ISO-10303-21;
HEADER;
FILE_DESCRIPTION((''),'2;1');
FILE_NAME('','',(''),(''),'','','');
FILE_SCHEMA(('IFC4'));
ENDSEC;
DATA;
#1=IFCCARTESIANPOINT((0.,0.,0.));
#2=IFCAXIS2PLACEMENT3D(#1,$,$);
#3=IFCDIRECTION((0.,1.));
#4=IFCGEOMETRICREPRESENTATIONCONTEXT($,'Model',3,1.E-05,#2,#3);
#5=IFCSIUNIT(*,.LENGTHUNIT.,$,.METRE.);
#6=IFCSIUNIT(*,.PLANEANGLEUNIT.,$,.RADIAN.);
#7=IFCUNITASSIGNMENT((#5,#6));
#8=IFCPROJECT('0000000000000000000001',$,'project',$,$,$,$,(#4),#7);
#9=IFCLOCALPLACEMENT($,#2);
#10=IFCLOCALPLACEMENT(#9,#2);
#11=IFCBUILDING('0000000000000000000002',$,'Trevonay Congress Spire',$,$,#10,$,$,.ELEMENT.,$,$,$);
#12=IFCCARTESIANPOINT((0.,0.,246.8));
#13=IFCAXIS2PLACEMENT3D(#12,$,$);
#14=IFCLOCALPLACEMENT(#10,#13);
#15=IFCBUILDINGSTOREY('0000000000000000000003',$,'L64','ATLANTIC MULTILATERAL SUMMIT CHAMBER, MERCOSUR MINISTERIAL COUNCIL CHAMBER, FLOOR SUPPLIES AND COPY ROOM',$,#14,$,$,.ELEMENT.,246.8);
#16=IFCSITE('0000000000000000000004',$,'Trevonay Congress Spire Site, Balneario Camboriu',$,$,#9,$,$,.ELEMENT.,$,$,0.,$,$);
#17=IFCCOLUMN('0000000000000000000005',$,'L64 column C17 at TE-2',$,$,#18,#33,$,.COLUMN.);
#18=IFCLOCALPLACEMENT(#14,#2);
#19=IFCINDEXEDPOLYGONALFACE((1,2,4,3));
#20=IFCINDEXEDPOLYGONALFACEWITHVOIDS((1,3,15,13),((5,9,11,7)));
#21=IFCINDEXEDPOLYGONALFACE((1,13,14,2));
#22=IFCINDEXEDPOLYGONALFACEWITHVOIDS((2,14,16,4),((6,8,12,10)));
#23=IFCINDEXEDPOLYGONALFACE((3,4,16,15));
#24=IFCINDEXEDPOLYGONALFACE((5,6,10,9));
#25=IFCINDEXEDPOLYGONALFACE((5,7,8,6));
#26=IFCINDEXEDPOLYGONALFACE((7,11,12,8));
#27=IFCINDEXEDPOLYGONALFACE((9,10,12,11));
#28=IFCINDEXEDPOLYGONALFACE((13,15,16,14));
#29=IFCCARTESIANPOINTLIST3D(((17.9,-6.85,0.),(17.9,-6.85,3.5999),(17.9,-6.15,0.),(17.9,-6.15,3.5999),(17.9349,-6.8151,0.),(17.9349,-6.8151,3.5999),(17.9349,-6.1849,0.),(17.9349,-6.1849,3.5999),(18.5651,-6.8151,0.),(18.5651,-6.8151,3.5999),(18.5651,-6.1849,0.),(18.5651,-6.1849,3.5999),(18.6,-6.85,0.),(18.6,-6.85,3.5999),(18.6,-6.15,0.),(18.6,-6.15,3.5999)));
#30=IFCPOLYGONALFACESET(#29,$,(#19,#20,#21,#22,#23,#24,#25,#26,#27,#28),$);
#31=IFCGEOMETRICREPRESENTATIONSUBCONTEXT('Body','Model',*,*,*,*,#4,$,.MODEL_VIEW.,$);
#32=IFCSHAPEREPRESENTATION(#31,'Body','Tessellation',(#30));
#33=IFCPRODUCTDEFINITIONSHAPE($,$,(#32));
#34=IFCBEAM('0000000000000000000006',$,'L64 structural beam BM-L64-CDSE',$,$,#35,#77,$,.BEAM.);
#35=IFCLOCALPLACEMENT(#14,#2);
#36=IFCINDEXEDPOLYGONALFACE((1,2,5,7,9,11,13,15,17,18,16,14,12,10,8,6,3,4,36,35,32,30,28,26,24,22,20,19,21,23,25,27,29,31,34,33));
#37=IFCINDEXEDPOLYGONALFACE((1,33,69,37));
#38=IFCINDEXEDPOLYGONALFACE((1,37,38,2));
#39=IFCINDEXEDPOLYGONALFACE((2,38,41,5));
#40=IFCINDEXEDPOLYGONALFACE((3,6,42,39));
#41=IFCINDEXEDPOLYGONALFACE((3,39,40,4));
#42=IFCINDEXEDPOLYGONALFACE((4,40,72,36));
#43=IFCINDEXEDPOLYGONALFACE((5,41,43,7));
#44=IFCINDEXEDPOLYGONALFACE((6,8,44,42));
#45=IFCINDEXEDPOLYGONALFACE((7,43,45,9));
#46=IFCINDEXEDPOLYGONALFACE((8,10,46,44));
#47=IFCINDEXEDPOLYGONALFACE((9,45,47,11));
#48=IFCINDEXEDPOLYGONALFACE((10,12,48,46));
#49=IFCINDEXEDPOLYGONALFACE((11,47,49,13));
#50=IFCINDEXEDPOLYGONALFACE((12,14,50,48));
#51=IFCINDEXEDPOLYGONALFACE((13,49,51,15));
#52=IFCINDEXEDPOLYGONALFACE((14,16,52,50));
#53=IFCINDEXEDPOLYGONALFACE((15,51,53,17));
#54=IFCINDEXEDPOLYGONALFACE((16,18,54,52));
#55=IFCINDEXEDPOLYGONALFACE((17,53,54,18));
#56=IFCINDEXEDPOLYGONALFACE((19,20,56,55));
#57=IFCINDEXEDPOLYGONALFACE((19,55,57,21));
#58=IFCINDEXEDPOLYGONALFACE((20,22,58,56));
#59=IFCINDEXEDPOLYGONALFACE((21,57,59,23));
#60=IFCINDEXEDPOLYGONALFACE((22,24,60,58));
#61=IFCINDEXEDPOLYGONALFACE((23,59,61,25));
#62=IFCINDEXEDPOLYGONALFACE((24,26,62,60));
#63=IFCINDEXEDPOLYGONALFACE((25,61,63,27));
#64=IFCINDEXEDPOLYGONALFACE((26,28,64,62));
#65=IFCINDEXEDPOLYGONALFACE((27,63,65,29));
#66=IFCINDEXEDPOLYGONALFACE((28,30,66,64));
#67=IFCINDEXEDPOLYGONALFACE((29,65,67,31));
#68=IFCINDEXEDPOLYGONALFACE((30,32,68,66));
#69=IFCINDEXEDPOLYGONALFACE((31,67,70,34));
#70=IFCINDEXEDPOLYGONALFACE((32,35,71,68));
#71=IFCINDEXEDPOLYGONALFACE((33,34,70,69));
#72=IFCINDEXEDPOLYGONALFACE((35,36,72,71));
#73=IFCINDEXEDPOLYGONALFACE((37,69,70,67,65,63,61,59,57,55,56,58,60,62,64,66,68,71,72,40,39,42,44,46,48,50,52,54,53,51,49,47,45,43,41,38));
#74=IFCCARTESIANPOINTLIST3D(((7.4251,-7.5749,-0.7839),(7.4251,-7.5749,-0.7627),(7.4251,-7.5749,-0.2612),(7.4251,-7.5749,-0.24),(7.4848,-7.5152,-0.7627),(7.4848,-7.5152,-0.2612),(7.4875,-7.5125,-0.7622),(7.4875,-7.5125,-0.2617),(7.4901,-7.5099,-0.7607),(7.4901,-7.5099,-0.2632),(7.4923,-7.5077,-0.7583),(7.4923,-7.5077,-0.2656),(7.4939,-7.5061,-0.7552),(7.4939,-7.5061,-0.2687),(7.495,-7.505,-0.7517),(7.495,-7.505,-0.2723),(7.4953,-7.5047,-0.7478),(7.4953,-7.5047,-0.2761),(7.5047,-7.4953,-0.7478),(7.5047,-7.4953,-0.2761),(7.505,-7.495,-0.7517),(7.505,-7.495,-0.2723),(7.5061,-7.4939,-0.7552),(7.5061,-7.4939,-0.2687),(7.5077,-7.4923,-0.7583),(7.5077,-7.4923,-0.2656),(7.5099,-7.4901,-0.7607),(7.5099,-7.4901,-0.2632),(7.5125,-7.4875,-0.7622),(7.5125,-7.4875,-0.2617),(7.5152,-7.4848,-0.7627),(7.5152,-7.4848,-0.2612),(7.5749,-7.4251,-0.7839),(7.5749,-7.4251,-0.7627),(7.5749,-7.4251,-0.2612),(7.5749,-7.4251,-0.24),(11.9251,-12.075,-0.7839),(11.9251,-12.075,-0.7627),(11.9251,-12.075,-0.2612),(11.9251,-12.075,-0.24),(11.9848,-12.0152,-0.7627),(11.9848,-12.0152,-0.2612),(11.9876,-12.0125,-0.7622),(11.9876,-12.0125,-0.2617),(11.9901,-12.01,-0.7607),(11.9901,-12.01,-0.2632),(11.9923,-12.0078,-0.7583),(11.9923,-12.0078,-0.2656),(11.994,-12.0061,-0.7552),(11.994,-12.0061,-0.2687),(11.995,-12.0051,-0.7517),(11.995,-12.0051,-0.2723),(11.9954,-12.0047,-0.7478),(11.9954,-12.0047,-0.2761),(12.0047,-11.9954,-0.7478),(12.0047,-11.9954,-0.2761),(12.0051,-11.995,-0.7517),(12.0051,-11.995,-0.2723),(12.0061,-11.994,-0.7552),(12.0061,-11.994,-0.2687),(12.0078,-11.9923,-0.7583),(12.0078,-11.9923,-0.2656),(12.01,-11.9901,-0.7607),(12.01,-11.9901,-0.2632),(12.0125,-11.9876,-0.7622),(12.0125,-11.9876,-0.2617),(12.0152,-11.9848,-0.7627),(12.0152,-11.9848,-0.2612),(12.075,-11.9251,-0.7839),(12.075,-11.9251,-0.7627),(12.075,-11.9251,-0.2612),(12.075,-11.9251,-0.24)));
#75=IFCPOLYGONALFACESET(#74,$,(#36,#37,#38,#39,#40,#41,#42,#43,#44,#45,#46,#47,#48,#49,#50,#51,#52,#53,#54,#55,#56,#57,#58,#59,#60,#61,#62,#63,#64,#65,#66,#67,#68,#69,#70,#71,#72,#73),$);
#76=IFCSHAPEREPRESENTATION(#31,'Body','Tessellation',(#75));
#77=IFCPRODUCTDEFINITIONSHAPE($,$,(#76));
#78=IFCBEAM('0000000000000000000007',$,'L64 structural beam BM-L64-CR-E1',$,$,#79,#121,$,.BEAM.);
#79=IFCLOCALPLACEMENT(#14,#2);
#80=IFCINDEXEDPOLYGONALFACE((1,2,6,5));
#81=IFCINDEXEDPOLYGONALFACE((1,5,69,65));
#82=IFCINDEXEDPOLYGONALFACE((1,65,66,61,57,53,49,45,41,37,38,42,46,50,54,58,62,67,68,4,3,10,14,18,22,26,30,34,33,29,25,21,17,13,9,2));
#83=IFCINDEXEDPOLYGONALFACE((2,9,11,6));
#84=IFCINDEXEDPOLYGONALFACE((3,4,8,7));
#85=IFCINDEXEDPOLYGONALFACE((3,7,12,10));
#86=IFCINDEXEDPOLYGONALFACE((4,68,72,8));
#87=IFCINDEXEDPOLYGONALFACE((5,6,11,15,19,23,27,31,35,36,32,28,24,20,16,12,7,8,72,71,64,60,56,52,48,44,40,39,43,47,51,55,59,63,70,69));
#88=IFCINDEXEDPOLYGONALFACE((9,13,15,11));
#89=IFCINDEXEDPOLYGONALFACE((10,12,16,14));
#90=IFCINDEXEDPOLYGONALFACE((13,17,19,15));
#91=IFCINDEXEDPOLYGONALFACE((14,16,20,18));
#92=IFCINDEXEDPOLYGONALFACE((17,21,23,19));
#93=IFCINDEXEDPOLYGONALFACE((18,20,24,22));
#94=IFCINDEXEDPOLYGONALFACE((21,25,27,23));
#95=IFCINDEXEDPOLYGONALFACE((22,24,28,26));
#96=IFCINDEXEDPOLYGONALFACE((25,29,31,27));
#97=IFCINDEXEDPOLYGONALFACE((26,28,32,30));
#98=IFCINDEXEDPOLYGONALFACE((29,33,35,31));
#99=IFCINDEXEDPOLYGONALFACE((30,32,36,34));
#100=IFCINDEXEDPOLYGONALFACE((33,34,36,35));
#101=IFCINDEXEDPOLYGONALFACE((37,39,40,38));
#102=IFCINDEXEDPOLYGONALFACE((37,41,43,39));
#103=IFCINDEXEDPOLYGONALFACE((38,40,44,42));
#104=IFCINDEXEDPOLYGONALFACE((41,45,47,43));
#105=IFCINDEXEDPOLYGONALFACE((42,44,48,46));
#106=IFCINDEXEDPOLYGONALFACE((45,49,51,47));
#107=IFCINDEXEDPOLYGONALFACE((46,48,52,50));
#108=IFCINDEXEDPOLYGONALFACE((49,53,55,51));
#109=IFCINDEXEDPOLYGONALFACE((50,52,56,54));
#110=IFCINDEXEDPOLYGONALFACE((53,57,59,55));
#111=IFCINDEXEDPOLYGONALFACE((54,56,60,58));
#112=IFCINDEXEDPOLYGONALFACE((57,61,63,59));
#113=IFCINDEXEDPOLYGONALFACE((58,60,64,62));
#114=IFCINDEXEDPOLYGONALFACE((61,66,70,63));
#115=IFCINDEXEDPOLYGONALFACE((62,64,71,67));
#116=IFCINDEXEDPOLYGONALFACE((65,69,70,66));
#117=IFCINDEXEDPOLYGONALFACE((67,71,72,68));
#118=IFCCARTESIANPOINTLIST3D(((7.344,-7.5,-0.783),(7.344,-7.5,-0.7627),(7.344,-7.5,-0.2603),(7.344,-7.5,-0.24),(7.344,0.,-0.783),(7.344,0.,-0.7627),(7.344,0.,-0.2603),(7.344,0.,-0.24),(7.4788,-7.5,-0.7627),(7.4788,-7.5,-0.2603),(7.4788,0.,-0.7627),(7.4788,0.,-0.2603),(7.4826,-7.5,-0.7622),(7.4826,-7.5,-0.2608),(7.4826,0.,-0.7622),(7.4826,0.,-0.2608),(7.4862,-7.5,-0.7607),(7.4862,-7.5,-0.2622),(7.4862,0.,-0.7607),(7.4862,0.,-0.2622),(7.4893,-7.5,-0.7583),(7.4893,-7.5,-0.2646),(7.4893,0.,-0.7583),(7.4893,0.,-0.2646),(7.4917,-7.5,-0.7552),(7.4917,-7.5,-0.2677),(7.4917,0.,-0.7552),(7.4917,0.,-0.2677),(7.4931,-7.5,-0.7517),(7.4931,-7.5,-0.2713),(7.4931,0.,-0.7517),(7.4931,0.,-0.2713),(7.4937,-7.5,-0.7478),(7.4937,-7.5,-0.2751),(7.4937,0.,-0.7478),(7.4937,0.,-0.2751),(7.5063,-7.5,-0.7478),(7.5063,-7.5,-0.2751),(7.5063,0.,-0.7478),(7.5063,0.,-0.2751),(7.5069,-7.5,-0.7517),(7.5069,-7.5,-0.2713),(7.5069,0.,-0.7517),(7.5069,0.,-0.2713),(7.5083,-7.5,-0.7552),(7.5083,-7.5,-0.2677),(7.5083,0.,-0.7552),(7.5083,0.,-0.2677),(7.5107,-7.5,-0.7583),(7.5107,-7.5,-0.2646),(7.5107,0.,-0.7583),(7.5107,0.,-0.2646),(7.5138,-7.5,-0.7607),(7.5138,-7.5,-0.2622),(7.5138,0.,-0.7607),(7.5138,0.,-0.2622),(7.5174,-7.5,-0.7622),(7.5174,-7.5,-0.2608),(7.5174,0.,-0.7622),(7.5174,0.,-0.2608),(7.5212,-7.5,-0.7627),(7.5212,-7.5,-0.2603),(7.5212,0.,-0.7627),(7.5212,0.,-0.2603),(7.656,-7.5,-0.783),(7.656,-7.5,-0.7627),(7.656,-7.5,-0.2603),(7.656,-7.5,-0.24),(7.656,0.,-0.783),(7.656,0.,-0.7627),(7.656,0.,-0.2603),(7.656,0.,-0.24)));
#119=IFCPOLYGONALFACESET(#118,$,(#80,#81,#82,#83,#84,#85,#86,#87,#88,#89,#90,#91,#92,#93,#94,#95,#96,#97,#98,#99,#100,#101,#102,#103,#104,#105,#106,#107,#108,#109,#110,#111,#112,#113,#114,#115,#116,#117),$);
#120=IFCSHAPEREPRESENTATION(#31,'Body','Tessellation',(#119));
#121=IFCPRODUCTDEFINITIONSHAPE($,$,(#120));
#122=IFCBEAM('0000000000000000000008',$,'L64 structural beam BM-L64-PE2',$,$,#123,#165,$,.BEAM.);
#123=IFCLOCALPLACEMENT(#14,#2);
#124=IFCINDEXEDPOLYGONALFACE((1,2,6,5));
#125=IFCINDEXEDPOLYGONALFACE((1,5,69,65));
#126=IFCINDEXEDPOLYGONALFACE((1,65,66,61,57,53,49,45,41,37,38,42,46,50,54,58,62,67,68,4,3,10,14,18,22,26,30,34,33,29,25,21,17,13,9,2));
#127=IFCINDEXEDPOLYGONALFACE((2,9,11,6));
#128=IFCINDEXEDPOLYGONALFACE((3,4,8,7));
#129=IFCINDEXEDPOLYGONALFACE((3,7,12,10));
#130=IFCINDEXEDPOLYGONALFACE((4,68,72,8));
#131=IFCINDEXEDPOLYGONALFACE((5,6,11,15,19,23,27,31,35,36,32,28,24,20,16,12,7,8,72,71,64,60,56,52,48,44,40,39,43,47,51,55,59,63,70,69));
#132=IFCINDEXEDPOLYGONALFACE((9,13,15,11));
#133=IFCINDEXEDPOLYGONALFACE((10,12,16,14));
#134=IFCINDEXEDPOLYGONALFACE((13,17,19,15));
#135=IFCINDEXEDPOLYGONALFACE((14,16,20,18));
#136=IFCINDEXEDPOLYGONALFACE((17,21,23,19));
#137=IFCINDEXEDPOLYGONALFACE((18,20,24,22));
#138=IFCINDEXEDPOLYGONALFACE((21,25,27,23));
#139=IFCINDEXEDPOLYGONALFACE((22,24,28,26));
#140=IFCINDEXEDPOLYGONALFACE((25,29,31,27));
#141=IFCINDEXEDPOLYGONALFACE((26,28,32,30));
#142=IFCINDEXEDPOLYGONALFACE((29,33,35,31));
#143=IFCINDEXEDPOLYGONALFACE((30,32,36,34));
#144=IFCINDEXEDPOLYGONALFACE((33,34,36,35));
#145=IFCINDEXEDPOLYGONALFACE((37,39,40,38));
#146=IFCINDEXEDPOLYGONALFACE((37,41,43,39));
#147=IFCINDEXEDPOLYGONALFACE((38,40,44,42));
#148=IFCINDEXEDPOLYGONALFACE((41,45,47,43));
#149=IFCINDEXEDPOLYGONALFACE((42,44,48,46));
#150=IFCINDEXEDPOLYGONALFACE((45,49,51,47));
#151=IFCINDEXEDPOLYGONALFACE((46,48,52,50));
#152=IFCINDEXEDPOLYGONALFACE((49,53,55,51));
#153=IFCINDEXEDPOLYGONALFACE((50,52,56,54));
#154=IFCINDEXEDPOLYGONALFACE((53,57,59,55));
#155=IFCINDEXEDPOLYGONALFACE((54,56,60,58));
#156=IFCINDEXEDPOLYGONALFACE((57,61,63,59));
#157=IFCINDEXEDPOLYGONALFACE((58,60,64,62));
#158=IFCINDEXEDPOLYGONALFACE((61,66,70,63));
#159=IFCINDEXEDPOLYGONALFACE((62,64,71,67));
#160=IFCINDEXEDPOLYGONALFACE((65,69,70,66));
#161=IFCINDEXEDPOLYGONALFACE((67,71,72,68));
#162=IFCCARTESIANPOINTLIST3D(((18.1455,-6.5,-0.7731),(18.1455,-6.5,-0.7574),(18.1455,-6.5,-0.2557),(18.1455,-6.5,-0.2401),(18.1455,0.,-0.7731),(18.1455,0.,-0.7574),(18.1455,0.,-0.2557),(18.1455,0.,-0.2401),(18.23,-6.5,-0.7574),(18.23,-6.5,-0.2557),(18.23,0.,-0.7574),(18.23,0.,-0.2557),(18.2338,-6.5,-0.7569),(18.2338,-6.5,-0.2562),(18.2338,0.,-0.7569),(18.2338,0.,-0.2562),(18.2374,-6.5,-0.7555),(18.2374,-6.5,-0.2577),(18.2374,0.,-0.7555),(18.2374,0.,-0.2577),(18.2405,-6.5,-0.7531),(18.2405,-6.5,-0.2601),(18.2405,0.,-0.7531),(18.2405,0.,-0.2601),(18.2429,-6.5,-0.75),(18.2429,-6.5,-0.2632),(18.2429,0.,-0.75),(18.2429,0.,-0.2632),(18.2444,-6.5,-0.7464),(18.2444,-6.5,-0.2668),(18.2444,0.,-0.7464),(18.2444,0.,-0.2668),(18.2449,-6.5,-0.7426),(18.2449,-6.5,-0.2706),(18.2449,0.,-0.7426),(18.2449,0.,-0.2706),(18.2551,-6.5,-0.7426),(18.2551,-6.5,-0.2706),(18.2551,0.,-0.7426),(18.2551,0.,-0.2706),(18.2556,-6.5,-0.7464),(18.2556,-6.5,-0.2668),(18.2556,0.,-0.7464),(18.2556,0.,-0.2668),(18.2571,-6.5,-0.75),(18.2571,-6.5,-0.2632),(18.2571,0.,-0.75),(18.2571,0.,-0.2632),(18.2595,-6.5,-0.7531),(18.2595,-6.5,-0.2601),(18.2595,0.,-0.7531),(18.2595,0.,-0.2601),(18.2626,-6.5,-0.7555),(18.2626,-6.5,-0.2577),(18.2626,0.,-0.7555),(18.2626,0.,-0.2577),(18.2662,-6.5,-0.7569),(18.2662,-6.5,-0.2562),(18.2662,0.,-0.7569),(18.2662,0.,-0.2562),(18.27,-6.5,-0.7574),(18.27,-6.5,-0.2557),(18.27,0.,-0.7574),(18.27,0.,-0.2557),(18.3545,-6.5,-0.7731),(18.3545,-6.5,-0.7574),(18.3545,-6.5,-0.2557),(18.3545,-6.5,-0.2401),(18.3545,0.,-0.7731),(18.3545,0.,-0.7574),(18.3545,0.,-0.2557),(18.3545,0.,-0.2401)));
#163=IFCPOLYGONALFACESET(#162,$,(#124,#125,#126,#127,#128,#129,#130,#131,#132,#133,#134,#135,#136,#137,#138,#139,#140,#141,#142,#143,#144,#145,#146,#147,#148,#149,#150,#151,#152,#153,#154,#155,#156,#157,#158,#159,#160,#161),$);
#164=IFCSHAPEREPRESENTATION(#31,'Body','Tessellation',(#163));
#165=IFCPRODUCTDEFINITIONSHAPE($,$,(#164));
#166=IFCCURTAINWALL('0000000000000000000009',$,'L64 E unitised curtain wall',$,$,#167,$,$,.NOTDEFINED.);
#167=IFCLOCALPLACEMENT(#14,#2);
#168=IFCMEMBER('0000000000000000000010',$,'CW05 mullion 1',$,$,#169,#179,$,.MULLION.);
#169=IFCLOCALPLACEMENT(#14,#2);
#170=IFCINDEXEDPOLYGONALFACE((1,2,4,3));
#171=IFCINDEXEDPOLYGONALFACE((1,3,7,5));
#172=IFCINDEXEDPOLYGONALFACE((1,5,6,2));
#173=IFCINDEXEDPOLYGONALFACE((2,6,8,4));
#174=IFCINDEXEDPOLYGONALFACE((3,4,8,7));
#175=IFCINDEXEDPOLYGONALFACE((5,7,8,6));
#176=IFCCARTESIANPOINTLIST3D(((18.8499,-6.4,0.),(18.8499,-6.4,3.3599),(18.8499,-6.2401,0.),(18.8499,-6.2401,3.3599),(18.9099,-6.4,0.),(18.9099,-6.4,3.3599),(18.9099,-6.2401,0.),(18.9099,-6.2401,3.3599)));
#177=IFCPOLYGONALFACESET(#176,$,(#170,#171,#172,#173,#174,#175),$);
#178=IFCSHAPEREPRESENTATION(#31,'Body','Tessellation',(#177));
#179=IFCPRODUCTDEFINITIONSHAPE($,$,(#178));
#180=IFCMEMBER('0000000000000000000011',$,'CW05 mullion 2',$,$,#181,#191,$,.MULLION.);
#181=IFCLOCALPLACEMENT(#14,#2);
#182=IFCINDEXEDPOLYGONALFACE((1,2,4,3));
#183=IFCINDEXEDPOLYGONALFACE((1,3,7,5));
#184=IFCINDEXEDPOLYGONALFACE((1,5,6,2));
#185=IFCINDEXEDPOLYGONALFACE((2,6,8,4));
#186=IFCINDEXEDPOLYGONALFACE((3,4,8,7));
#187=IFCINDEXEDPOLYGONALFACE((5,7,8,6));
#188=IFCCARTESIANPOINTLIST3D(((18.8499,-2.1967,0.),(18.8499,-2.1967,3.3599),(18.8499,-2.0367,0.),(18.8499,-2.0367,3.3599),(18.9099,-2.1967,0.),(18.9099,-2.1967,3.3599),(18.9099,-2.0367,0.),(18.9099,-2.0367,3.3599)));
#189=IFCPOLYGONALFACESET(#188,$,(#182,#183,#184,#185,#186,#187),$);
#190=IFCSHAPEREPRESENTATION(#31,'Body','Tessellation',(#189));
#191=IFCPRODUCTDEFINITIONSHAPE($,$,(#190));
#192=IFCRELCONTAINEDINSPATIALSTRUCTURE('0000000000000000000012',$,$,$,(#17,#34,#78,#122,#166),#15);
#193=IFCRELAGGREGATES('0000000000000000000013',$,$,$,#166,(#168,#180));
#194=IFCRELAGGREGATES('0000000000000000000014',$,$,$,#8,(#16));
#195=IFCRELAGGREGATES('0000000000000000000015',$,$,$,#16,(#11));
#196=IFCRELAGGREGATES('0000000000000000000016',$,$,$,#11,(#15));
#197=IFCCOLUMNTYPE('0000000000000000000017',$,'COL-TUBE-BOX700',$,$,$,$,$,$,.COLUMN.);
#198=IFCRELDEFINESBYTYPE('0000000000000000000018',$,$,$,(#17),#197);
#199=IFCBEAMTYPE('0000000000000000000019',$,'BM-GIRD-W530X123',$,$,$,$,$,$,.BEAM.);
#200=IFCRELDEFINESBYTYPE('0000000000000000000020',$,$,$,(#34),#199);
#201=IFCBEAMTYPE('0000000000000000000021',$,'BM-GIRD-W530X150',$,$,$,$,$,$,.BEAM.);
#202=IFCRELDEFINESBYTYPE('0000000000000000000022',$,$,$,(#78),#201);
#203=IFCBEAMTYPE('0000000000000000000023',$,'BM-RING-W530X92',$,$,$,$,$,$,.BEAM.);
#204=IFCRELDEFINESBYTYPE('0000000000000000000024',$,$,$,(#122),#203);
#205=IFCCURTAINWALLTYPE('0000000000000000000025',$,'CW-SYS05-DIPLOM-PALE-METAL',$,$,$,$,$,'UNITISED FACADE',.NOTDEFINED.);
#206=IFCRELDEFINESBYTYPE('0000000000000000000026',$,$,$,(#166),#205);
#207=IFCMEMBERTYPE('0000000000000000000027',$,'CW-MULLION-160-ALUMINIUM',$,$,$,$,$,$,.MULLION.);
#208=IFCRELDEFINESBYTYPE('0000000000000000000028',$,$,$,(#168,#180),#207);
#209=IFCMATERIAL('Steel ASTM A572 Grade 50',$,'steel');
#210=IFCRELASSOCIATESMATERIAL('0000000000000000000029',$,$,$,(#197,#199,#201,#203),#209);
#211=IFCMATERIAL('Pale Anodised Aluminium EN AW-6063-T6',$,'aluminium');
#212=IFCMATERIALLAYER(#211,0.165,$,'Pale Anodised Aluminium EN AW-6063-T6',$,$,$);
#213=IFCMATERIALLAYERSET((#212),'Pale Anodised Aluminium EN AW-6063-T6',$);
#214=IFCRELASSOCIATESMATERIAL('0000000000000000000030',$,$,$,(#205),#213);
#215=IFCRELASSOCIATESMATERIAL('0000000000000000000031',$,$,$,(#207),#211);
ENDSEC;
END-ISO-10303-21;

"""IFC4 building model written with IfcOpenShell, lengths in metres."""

from ifc_helpers import new_model, si_unit, direction, frame, origin, origin_2d, place, context, subcontext, project, spatial, rectangle, hollow_rectangle, i_section, extrude, material, layer, layer_set, material_profile, profile_set, type_object, element, aggregate, save


model = new_model("IFC4")

# Units and contexts
model_context = context("Model", 3, precision=1e-05, world=origin(), true_north=direction((0.0, 1.0)))
body_context = subcontext(model_context, "Body", "Model", "MODEL_VIEW")
ifc_project = project(units=[si_unit("LENGTHUNIT", "METRE"), si_unit("PLANEANGLEUNIT", "RADIAN")], contexts=[model_context])

# Site, building, storey
site_placement = place(None, origin())
site = spatial("IfcSite", under=ifc_project, at=site_placement, Name="Trevonay Congress Spire Site, Balneario Camboriu", CompositionType="ELEMENT", RefElevation=0.0)
building_placement = place(site_placement, origin())
building = spatial("IfcBuilding", under=site, at=building_placement, Name="Trevonay Congress Spire", CompositionType="ELEMENT")
storey_placement = place(building_placement, frame((0.0, 0.0, 246.8)))
storey = spatial("IfcBuildingStorey", under=building, at=storey_placement, Name="L64", Description="ATLANTIC MULTILATERAL SUMMIT CHAMBER, MERCOSUR MINISTERIAL COUNCIL CHAMBER, FLOOR SUPPLIES AND COPY ROOM", CompositionType="ELEMENT", Elevation=246.8)

# Column
ifc_material_1 = material(Name="Steel ASTM A572 Grade 50", Category="steel")
ifc_material_profile_1 = material_profile(ifc_material_1, hollow_rectangle(XDim=0.7, YDim=0.7, WallThickness=0.0349, at=origin_2d()), Name="BOX 700x700x35")
ifc_profile_set_1 = profile_set([ifc_material_profile_1], Name="Steel ASTM A572 Grade 50")
column_type = type_object("IfcColumnType", Name="COL-TUBE-BOX700", PredefinedType="COLUMN", material=ifc_profile_set_1)
column_placement = place(storey_placement, frame((18.25, -6.5, 0.0), z_axis=(0.0, 0.0, 1.0), x_axis=(1.0, 0.0, 0.0)))
element("IfcColumn", 1, at=column_placement, inside=storey, type_object=column_type, Name="L64 column C17 at TE-2", PredefinedType="COLUMN", context=body_context, shape_type="SweptSolid", body=[
    extrude(hollow_rectangle(XDim=0.7, YDim=0.7, WallThickness=0.0349, at=origin_2d()), origin(), (0.0, 0.0, 1.0), 3.5999),
])

# Beams
ifc_material_profile_2 = material_profile(ifc_material_1, i_section(OverallWidth=0.2119, OverallDepth=0.5439, WebThickness=0.0132, FlangeThickness=0.0212, FilletRadius=0.0149, at=origin_2d()), Name="W530x123")
ifc_profile_set_2 = profile_set([ifc_material_profile_2], Name="Steel ASTM A572 Grade 50")
beam_type_1 = type_object("IfcBeamType", Name="BM-GIRD-W530X123", PredefinedType="BEAM", material=ifc_profile_set_2)
beam_1_placement = place(storey_placement, frame((7.5, -7.5, -0.512), z_axis=(0.707107, -0.707107, 0.0), x_axis=(0.707107, 0.707107, 0.0)))
element("IfcBeam", 2, at=beam_1_placement, inside=storey, type_object=beam_type_1, Name="L64 structural beam BM-L64-CDSE", PredefinedType="BEAM", context=body_context, shape_type="SweptSolid", body=[
    extrude(i_section(OverallWidth=0.2119, OverallDepth=0.5439, WebThickness=0.0132, FlangeThickness=0.0212, FilletRadius=0.0149, at=origin_2d()), origin(), (0.0, 0.0, 1.0), 6.364),
])
ifc_material_profile_3 = material_profile(ifc_material_1, i_section(OverallWidth=0.312, OverallDepth=0.543, WebThickness=0.0127, FlangeThickness=0.0203, FilletRadius=0.0149, at=origin_2d()), Name="W530x150")
ifc_profile_set_3 = profile_set([ifc_material_profile_3], Name="Steel ASTM A572 Grade 50")
beam_type_2 = type_object("IfcBeamType", Name="BM-GIRD-W530X150", PredefinedType="BEAM", material=ifc_profile_set_3)
beam_2_placement = place(storey_placement, frame((7.5, -7.5, -0.5115), z_axis=(0.0, 1.0, 0.0), x_axis=(-1.0, 0.0, 0.0)))
element("IfcBeam", 3, at=beam_2_placement, inside=storey, type_object=beam_type_2, Name="L64 structural beam BM-L64-CR-E1", PredefinedType="BEAM", context=body_context, shape_type="SweptSolid", body=[
    extrude(i_section(OverallWidth=0.312, OverallDepth=0.543, WebThickness=0.0127, FlangeThickness=0.0203, FilletRadius=0.0149, at=origin_2d()), origin(), (0.0, 0.0, 1.0), 7.5),
])
ifc_material_profile_4 = material_profile(ifc_material_1, i_section(OverallWidth=0.209, OverallDepth=0.533, WebThickness=0.0103, FlangeThickness=0.0156, FilletRadius=0.0149, at=origin_2d()), Name="W530x92")
ifc_profile_set_4 = profile_set([ifc_material_profile_4], Name="Steel ASTM A572 Grade 50")
beam_type_3 = type_object("IfcBeamType", Name="BM-RING-W530X92", PredefinedType="BEAM", material=ifc_profile_set_4)
beam_3_placement = place(storey_placement, frame((18.25, -6.5, -0.5066), z_axis=(0.0, 1.0, 0.0), x_axis=(-1.0, 0.0, 0.0)))
element("IfcBeam", 4, at=beam_3_placement, inside=storey, type_object=beam_type_3, Name="L64 structural beam BM-L64-PE2", PredefinedType="BEAM", context=body_context, shape_type="SweptSolid", body=[
    extrude(i_section(OverallWidth=0.209, OverallDepth=0.533, WebThickness=0.0103, FlangeThickness=0.0156, FilletRadius=0.0149, at=origin_2d()), origin(), (0.0, 0.0, 1.0), 6.5),
])

# Curtain wall, members
ifc_material_2 = material(Name="Pale Anodised Aluminium EN AW-6063-T6", Category="aluminium")
ifc_layer_1 = layer(ifc_material_2, 0.165, Name="Pale Anodised Aluminium EN AW-6063-T6")
ifc_layer_set_1 = layer_set([ifc_layer_1], Name="Pale Anodised Aluminium EN AW-6063-T6")
curtain_wall_type = type_object("IfcCurtainWallType", Name="CW-SYS05-DIPLOM-PALE-METAL", ElementType="UNITISED FACADE", PredefinedType="NOTDEFINED", material=ifc_layer_set_1)
curtain_wall_placement = place(storey_placement, origin())
curtain_wall = element("IfcCurtainWall", 5, at=curtain_wall_placement, inside=storey, type_object=curtain_wall_type, Name="L64 E unitised curtain wall", PredefinedType="NOTDEFINED")
ifc_material_profile_5 = material_profile(ifc_material_2, rectangle(XDim=0.0601, YDim=0.1599, at=origin_2d()), Name="CW-MULLION-160-ALUMINIUM")
ifc_profile_set_5 = profile_set([ifc_material_profile_5], Name="Pale Anodised Aluminium EN AW-6063-T6")
member_type_1 = type_object("IfcMemberType", Name="CW-MULLION-160-ALUMINIUM", PredefinedType="MULLION", material=ifc_profile_set_5)
member_1_placement = place(storey_placement, frame((18.8799, -6.3201, 0.0), z_axis=(0.0, 0.0, 1.0), x_axis=(-1.0, 0.0, 0.0)))
member_1 = element("IfcMember", 6, at=member_1_placement, type_object=member_type_1, Name="CW05 mullion 1", PredefinedType="MULLION", context=body_context, shape_type="SweptSolid", body=[
    extrude(rectangle(XDim=0.0601, YDim=0.1599, at=origin_2d()), origin(), (0.0, 0.0, 1.0), 3.3599),
])
member_2_placement = place(storey_placement, frame((18.8799, -2.1167, 0.0), z_axis=(0.0, 0.0, 1.0), x_axis=(-1.0, 0.0, 0.0)))
member_2 = element("IfcMember", 7, at=member_2_placement, type_object=member_type_1, Name="CW05 mullion 2", PredefinedType="MULLION", context=body_context, shape_type="SweptSolid", body=[
    extrude(rectangle(XDim=0.0601, YDim=0.1599, at=origin_2d()), origin(), (0.0, 0.0, 1.0), 3.3599),
])

aggregate(curtain_wall, [member_1, member_2])

save(model, "model.ifc")
